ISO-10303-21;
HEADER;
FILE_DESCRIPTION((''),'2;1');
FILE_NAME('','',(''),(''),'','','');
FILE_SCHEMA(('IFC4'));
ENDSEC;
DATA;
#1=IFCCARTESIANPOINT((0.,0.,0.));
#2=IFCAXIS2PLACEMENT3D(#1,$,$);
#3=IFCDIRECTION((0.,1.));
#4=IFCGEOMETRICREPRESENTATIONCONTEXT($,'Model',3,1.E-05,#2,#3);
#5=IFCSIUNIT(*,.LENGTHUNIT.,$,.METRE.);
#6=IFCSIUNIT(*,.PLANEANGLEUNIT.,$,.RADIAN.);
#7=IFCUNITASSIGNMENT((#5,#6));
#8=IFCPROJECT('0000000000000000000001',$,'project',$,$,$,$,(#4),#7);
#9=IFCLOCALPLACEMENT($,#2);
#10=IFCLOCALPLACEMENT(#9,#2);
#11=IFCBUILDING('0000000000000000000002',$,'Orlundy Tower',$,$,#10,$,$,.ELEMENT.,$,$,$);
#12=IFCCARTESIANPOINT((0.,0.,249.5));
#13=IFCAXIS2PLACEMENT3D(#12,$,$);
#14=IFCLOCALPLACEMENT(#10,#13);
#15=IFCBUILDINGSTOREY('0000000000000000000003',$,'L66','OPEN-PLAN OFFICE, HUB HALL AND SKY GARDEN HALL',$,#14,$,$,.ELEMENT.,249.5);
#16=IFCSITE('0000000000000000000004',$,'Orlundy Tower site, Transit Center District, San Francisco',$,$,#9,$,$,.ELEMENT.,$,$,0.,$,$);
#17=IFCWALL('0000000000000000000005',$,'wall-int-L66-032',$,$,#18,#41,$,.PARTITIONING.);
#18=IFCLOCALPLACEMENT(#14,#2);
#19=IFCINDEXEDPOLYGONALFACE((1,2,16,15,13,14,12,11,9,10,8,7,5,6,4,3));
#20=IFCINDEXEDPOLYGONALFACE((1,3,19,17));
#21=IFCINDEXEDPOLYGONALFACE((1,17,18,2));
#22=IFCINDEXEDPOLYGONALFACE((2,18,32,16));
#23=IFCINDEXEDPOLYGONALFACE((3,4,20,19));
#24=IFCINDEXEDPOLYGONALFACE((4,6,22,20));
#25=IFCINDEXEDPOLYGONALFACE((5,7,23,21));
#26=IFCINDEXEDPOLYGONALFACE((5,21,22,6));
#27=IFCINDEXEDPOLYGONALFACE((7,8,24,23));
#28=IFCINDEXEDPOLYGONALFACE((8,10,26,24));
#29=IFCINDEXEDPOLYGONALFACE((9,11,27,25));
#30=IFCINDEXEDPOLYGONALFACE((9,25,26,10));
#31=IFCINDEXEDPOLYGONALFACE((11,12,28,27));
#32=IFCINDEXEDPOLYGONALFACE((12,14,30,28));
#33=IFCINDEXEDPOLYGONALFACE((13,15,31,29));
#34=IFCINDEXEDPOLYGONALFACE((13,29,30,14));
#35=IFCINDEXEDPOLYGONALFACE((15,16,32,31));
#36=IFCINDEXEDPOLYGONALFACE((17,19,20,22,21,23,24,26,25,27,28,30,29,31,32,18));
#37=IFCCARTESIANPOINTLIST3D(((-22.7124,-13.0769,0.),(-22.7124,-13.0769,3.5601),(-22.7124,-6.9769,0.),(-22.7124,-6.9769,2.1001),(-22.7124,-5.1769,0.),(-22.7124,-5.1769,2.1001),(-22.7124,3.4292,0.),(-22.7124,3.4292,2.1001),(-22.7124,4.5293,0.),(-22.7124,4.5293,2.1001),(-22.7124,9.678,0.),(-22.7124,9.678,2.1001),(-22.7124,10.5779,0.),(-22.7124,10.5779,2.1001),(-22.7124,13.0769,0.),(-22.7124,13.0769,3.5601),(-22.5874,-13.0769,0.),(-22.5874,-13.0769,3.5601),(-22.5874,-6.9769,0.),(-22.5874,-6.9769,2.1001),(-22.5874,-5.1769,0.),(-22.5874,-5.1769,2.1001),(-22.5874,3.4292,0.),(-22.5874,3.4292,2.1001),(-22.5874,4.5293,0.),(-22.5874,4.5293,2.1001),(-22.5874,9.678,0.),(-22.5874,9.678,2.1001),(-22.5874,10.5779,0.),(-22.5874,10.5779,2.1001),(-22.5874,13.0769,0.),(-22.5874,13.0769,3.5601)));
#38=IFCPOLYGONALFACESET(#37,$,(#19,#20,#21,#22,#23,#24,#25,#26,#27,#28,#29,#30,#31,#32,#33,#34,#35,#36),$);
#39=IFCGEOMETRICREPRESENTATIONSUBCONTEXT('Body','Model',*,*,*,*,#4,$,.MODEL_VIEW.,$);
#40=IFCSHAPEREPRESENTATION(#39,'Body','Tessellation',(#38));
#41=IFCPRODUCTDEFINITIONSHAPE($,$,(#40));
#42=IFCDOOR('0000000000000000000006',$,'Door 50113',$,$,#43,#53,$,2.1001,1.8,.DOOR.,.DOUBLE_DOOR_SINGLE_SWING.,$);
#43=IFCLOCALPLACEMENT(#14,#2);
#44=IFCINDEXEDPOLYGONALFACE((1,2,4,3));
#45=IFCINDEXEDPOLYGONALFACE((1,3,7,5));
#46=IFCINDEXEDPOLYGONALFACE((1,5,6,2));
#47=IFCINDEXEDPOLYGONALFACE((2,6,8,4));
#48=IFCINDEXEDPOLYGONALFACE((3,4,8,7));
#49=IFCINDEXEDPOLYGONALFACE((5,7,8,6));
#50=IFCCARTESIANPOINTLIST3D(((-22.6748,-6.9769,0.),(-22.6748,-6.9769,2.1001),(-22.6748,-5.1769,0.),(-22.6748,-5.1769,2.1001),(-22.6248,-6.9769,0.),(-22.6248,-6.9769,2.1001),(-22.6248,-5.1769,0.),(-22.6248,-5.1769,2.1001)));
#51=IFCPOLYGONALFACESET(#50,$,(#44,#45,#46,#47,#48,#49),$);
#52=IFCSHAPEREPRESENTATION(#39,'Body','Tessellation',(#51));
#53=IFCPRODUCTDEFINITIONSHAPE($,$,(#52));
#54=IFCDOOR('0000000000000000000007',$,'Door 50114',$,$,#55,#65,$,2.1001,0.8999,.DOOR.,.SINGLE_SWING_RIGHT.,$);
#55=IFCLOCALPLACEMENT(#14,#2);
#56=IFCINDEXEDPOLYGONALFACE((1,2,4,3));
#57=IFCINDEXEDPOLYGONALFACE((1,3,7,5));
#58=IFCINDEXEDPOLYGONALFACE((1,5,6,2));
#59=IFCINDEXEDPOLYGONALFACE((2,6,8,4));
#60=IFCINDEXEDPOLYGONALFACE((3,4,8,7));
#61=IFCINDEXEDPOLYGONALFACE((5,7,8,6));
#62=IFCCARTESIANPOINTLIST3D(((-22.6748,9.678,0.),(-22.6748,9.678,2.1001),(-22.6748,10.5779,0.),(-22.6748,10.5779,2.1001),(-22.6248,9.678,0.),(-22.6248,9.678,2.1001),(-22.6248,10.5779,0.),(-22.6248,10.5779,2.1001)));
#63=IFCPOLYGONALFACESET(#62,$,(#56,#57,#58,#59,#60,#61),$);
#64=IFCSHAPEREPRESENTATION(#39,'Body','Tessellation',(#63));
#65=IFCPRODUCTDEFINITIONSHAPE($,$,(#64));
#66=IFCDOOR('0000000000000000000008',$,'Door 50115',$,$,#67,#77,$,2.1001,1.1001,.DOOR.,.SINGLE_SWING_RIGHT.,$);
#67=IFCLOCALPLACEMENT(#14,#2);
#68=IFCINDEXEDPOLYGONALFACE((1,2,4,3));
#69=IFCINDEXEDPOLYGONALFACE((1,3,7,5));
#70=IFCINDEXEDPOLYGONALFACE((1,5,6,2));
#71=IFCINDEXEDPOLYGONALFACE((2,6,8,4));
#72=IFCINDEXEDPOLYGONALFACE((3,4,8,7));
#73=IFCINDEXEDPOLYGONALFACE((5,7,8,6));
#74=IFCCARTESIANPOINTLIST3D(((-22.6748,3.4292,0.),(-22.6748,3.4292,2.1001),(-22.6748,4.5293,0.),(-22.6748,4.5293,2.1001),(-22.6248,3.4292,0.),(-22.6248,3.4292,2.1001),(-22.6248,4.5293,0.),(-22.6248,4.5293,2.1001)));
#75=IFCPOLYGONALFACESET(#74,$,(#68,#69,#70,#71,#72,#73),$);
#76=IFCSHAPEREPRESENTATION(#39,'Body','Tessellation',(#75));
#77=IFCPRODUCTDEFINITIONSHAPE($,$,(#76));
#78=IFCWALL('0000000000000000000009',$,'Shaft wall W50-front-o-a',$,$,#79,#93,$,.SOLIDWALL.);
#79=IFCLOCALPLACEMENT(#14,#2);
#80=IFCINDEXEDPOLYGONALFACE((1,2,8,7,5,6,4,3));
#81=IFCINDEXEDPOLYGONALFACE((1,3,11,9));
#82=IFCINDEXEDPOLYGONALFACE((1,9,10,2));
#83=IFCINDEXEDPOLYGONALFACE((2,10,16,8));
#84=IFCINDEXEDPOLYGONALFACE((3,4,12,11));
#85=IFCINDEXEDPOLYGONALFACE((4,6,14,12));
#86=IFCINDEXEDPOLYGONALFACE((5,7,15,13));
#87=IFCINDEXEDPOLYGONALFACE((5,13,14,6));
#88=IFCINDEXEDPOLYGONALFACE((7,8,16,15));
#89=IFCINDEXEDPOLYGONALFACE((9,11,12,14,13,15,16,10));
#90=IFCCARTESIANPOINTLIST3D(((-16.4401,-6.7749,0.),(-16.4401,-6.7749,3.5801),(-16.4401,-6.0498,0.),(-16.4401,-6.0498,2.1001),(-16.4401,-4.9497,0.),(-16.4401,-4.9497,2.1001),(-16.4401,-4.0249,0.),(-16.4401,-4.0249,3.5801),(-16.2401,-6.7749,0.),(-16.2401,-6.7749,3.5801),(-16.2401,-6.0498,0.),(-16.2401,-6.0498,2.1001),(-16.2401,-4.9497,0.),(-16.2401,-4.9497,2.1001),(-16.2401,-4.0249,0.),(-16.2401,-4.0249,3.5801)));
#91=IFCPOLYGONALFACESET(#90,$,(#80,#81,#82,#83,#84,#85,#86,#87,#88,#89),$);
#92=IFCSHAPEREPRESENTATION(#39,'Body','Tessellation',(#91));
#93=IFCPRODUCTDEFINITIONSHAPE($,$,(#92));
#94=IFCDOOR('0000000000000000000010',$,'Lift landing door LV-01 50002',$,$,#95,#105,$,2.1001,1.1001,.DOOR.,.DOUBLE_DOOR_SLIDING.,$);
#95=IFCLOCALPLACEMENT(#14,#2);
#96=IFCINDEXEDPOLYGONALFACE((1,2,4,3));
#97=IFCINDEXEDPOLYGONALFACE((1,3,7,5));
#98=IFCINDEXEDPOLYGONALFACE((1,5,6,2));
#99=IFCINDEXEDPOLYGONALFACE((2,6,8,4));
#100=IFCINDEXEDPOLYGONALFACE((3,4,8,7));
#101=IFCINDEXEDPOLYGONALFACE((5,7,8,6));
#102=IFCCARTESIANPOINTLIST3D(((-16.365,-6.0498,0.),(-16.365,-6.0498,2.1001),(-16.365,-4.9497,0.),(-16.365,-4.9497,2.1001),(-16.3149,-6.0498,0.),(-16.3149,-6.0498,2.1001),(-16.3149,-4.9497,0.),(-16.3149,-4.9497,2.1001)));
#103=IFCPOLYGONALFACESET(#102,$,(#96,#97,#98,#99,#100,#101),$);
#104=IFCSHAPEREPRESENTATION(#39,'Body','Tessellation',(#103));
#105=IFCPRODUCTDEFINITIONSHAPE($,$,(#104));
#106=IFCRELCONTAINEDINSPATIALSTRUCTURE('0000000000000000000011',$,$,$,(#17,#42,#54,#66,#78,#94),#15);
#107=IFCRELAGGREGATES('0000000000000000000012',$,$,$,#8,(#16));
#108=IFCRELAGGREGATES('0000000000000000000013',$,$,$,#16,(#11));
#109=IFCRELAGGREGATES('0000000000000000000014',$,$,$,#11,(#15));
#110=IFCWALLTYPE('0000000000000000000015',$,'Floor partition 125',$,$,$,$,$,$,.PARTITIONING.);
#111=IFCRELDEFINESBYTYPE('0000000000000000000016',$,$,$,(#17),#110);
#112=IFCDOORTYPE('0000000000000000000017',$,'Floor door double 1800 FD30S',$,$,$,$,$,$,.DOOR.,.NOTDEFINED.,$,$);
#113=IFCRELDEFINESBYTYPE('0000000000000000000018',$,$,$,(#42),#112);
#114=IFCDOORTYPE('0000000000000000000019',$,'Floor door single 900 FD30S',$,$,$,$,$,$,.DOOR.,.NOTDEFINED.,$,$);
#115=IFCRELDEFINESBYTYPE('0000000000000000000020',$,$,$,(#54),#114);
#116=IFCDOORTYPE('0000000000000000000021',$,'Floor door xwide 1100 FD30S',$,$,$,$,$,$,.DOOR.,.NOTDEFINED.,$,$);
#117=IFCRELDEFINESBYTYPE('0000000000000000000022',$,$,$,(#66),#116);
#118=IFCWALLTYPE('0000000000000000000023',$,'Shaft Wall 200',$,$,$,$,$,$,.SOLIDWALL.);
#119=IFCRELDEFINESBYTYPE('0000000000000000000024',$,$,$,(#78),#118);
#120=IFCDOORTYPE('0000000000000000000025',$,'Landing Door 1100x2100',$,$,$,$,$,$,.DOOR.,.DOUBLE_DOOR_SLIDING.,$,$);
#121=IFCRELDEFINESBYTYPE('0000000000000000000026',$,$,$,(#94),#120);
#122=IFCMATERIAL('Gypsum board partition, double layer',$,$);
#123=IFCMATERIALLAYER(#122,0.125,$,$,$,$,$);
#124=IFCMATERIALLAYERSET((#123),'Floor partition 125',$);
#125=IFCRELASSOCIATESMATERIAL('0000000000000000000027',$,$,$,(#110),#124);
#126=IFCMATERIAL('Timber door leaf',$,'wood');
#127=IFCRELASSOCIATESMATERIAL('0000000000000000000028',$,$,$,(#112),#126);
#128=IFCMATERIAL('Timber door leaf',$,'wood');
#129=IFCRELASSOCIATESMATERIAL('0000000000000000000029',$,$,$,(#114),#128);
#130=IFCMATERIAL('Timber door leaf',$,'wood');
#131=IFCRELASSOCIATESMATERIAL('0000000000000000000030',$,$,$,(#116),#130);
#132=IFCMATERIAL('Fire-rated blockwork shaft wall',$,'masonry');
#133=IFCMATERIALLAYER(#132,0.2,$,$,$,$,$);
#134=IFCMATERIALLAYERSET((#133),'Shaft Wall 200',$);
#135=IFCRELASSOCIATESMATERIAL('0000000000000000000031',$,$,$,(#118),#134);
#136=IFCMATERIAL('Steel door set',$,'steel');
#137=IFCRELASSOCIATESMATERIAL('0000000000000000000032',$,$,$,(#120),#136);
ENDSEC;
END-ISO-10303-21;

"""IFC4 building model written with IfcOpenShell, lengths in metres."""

from ifc_helpers import new_model, si_unit, direction, frame, frame_2d, origin, place, context, subcontext, project, spatial, rectangle, extrude, material, layer, layer_set, type_object, element, fill, save


model = new_model("IFC4")

# Units and contexts
model_context = context("Model", 3, precision=1e-05, world=origin(), true_north=direction((0.0, 1.0)))
body_context = subcontext(model_context, "Body", "Model", "MODEL_VIEW")
ifc_project = project(units=[si_unit("LENGTHUNIT", "METRE"), si_unit("PLANEANGLEUNIT", "RADIAN")], contexts=[model_context])

# Site, building, storey
site_placement = place(None, origin())
site = spatial("IfcSite", under=ifc_project, at=site_placement, Name="Orlundy Tower site, Transit Center District, San Francisco", CompositionType="ELEMENT", RefElevation=0.0)
building_placement = place(site_placement, origin())
building = spatial("IfcBuilding", under=site, at=building_placement, Name="Orlundy Tower", CompositionType="ELEMENT")
storey_placement = place(building_placement, frame((0.0, 0.0, 249.5)))
storey = spatial("IfcBuildingStorey", under=building, at=storey_placement, Name="L66", Description="OPEN-PLAN OFFICE, HUB HALL AND SKY GARDEN HALL", CompositionType="ELEMENT", Elevation=249.5)

# Shared definitions
ifc_material_1 = material(Name="Gypsum board partition, double layer")
ifc_layer_1 = layer(ifc_material_1, 0.125)
ifc_layer_set_1 = layer_set([ifc_layer_1], Name="Floor partition 125")
wall_type_1 = type_object("IfcWallType", Name="Floor partition 125", PredefinedType="PARTITIONING", material=ifc_layer_set_1)

# Wall, openings, doors
wall_1_placement = place(storey_placement, frame((-22.6499, -13.0769, 0.0), z_axis=(0.0, 0.0, 1.0), x_axis=(0.0, 1.0, 0.0)))
wall_1 = element("IfcWall", 1, at=wall_1_placement, inside=storey, type_object=wall_type_1, Name="wall-int-L66-032", PredefinedType="PARTITIONING", context=body_context, shape_type="SweptSolid", body=[
    extrude(rectangle(XDim=26.1538, YDim=0.125, at=frame_2d((13.0769, 0.0))), origin(), (0.0, 0.0, 1.0), 3.5601),
])
opening_1_placement = place(wall_1_placement, frame((6.1001, 0.0, 0.0)))
opening_1 = element("IfcOpeningElement", 2, at=opening_1_placement, cuts=wall_1, PredefinedType="OPENING", context=body_context, shape_type="SweptSolid", body=[
    extrude(rectangle(XDim=1.8, YDim=2.1001, at=frame_2d((0.8999, 1.05))), frame((0.0, 0.0725, 0.0), z_axis=(0.0, -1.0, 0.0), x_axis=(1.0, 0.0, 0.0)), (0.0, 0.0, 1.0), 0.145),
])
opening_2_placement = place(wall_1_placement, frame((22.7549, 0.0, 0.0)))
opening_2 = element("IfcOpeningElement", 3, at=opening_2_placement, cuts=wall_1, PredefinedType="OPENING", context=body_context, shape_type="SweptSolid", body=[
    extrude(rectangle(XDim=0.8999, YDim=2.1001, at=frame_2d((0.45, 1.05))), frame((0.0, 0.0725, 0.0), z_axis=(0.0, -1.0, 0.0), x_axis=(1.0, 0.0, 0.0)), (0.0, 0.0, 1.0), 0.145),
])
opening_3_placement = place(wall_1_placement, frame((16.5061, 0.0, 0.0)))
opening_3 = element("IfcOpeningElement", 4, at=opening_3_placement, cuts=wall_1, PredefinedType="OPENING", context=body_context, shape_type="SweptSolid", body=[
    extrude(rectangle(XDim=1.1001, YDim=2.1001, at=frame_2d((0.55, 1.05))), frame((0.0, 0.0725, 0.0), z_axis=(0.0, -1.0, 0.0), x_axis=(1.0, 0.0, 0.0)), (0.0, 0.0, 1.0), 0.145),
])
ifc_material_2 = material(Name="Timber door leaf", Category="wood")
door_type_1 = type_object("IfcDoorType", Name="Floor door double 1800 FD30S", OperationType="NOTDEFINED", PredefinedType="DOOR", material=ifc_material_2)
door_1_placement = place(opening_1_placement, origin())
door_1 = element("IfcDoor", 5, at=door_1_placement, inside=storey, type_object=door_type_1, Name="Door 50113", OperationType="DOUBLE_DOOR_SINGLE_SWING", OverallHeight=2.1001, OverallWidth=1.8, PredefinedType="DOOR", context=body_context, shape_type="SweptSolid", body=[
    extrude(rectangle(XDim=1.8, YDim=2.1001, at=frame_2d((0.8999, 1.05))), frame((0.0, 0.0249, 0.0), z_axis=(0.0, -1.0, 0.0), x_axis=(1.0, 0.0, 0.0)), (0.0, 0.0, 1.0), 0.05),
])
fill(opening_1, door_1)
ifc_material_3 = material(Name="Timber door leaf", Category="wood")
door_type_2 = type_object("IfcDoorType", Name="Floor door single 900 FD30S", OperationType="NOTDEFINED", PredefinedType="DOOR", material=ifc_material_3)
door_2_placement = place(opening_2_placement, origin())
door_2 = element("IfcDoor", 6, at=door_2_placement, inside=storey, type_object=door_type_2, Name="Door 50114", OperationType="SINGLE_SWING_RIGHT", OverallHeight=2.1001, OverallWidth=0.8999, PredefinedType="DOOR", context=body_context, shape_type="SweptSolid", body=[
    extrude(rectangle(XDim=0.8999, YDim=2.1001, at=frame_2d((0.45, 1.05))), frame((0.0, 0.0249, 0.0), z_axis=(0.0, -1.0, 0.0), x_axis=(1.0, 0.0, 0.0)), (0.0, 0.0, 1.0), 0.05),
])
fill(opening_2, door_2)
ifc_material_4 = material(Name="Timber door leaf", Category="wood")
door_type_3 = type_object("IfcDoorType", Name="Floor door xwide 1100 FD30S", OperationType="NOTDEFINED", PredefinedType="DOOR", material=ifc_material_4)
door_3_placement = place(opening_3_placement, origin())
door_3 = element("IfcDoor", 7, at=door_3_placement, inside=storey, type_object=door_type_3, Name="Door 50115", OperationType="SINGLE_SWING_RIGHT", OverallHeight=2.1001, OverallWidth=1.1001, PredefinedType="DOOR", context=body_context, shape_type="SweptSolid", body=[
    extrude(rectangle(XDim=1.1001, YDim=2.1001, at=frame_2d((0.55, 1.05))), frame((0.0, 0.0249, 0.0), z_axis=(0.0, -1.0, 0.0), x_axis=(1.0, 0.0, 0.0)), (0.0, 0.0, 1.0), 0.05),
])
fill(opening_3, door_3)

# Wall, opening, door
ifc_material_5 = material(Name="Fire-rated blockwork shaft wall", Category="masonry")
ifc_layer_2 = layer(ifc_material_5, 0.2)
ifc_layer_set_2 = layer_set([ifc_layer_2], Name="Shaft Wall 200")
wall_type_2 = type_object("IfcWallType", Name="Shaft Wall 200", PredefinedType="SOLIDWALL", material=ifc_layer_set_2)
wall_2_placement = place(storey_placement, frame((-16.3401, -6.7749, 0.0), z_axis=(0.0, 0.0, 1.0), x_axis=(0.0, 1.0, 0.0)))
wall_2 = element("IfcWall", 8, at=wall_2_placement, inside=storey, type_object=wall_type_2, Name="Shaft wall W50-front-o-a", PredefinedType="SOLIDWALL", context=body_context, shape_type="SweptSolid", body=[
    extrude(rectangle(XDim=2.75, YDim=0.2, at=frame_2d((1.375, 0.0))), origin(), (0.0, 0.0, 1.0), 3.5801),
])
opening_4_placement = place(wall_2_placement, frame((0.7251, 0.0, 0.0)))
opening_4 = element("IfcOpeningElement", 9, at=opening_4_placement, cuts=wall_2, PredefinedType="OPENING", context=body_context, shape_type="SweptSolid", body=[
    extrude(rectangle(XDim=1.1001, YDim=2.1001, at=frame_2d((0.55, 1.05))), frame((0.0, 0.1101, 0.0), z_axis=(0.0, -1.0, 0.0), x_axis=(1.0, 0.0, 0.0)), (0.0, 0.0, 1.0), 0.2202),
])
ifc_material_6 = material(Name="Steel door set", Category="steel")
door_type_4 = type_object("IfcDoorType", Name="Landing Door 1100x2100", OperationType="DOUBLE_DOOR_SLIDING", PredefinedType="DOOR", material=ifc_material_6)
door_4_placement = place(opening_4_placement, origin())
door_4 = element("IfcDoor", 10, at=door_4_placement, inside=storey, type_object=door_type_4, Name="Lift landing door LV-01 50002", OperationType="DOUBLE_DOOR_SLIDING", OverallHeight=2.1001, OverallWidth=1.1001, PredefinedType="DOOR", context=body_context, shape_type="SweptSolid", body=[
    extrude(rectangle(XDim=1.1001, YDim=2.1001, at=frame_2d((0.55, 1.05))), frame((0.0, 0.0249, 0.0), z_axis=(0.0, -1.0, 0.0), x_axis=(1.0, 0.0, 0.0)), (0.0, 0.0, 1.0), 0.05),
])
fill(opening_4, door_4)

save(model, "model.ifc")
